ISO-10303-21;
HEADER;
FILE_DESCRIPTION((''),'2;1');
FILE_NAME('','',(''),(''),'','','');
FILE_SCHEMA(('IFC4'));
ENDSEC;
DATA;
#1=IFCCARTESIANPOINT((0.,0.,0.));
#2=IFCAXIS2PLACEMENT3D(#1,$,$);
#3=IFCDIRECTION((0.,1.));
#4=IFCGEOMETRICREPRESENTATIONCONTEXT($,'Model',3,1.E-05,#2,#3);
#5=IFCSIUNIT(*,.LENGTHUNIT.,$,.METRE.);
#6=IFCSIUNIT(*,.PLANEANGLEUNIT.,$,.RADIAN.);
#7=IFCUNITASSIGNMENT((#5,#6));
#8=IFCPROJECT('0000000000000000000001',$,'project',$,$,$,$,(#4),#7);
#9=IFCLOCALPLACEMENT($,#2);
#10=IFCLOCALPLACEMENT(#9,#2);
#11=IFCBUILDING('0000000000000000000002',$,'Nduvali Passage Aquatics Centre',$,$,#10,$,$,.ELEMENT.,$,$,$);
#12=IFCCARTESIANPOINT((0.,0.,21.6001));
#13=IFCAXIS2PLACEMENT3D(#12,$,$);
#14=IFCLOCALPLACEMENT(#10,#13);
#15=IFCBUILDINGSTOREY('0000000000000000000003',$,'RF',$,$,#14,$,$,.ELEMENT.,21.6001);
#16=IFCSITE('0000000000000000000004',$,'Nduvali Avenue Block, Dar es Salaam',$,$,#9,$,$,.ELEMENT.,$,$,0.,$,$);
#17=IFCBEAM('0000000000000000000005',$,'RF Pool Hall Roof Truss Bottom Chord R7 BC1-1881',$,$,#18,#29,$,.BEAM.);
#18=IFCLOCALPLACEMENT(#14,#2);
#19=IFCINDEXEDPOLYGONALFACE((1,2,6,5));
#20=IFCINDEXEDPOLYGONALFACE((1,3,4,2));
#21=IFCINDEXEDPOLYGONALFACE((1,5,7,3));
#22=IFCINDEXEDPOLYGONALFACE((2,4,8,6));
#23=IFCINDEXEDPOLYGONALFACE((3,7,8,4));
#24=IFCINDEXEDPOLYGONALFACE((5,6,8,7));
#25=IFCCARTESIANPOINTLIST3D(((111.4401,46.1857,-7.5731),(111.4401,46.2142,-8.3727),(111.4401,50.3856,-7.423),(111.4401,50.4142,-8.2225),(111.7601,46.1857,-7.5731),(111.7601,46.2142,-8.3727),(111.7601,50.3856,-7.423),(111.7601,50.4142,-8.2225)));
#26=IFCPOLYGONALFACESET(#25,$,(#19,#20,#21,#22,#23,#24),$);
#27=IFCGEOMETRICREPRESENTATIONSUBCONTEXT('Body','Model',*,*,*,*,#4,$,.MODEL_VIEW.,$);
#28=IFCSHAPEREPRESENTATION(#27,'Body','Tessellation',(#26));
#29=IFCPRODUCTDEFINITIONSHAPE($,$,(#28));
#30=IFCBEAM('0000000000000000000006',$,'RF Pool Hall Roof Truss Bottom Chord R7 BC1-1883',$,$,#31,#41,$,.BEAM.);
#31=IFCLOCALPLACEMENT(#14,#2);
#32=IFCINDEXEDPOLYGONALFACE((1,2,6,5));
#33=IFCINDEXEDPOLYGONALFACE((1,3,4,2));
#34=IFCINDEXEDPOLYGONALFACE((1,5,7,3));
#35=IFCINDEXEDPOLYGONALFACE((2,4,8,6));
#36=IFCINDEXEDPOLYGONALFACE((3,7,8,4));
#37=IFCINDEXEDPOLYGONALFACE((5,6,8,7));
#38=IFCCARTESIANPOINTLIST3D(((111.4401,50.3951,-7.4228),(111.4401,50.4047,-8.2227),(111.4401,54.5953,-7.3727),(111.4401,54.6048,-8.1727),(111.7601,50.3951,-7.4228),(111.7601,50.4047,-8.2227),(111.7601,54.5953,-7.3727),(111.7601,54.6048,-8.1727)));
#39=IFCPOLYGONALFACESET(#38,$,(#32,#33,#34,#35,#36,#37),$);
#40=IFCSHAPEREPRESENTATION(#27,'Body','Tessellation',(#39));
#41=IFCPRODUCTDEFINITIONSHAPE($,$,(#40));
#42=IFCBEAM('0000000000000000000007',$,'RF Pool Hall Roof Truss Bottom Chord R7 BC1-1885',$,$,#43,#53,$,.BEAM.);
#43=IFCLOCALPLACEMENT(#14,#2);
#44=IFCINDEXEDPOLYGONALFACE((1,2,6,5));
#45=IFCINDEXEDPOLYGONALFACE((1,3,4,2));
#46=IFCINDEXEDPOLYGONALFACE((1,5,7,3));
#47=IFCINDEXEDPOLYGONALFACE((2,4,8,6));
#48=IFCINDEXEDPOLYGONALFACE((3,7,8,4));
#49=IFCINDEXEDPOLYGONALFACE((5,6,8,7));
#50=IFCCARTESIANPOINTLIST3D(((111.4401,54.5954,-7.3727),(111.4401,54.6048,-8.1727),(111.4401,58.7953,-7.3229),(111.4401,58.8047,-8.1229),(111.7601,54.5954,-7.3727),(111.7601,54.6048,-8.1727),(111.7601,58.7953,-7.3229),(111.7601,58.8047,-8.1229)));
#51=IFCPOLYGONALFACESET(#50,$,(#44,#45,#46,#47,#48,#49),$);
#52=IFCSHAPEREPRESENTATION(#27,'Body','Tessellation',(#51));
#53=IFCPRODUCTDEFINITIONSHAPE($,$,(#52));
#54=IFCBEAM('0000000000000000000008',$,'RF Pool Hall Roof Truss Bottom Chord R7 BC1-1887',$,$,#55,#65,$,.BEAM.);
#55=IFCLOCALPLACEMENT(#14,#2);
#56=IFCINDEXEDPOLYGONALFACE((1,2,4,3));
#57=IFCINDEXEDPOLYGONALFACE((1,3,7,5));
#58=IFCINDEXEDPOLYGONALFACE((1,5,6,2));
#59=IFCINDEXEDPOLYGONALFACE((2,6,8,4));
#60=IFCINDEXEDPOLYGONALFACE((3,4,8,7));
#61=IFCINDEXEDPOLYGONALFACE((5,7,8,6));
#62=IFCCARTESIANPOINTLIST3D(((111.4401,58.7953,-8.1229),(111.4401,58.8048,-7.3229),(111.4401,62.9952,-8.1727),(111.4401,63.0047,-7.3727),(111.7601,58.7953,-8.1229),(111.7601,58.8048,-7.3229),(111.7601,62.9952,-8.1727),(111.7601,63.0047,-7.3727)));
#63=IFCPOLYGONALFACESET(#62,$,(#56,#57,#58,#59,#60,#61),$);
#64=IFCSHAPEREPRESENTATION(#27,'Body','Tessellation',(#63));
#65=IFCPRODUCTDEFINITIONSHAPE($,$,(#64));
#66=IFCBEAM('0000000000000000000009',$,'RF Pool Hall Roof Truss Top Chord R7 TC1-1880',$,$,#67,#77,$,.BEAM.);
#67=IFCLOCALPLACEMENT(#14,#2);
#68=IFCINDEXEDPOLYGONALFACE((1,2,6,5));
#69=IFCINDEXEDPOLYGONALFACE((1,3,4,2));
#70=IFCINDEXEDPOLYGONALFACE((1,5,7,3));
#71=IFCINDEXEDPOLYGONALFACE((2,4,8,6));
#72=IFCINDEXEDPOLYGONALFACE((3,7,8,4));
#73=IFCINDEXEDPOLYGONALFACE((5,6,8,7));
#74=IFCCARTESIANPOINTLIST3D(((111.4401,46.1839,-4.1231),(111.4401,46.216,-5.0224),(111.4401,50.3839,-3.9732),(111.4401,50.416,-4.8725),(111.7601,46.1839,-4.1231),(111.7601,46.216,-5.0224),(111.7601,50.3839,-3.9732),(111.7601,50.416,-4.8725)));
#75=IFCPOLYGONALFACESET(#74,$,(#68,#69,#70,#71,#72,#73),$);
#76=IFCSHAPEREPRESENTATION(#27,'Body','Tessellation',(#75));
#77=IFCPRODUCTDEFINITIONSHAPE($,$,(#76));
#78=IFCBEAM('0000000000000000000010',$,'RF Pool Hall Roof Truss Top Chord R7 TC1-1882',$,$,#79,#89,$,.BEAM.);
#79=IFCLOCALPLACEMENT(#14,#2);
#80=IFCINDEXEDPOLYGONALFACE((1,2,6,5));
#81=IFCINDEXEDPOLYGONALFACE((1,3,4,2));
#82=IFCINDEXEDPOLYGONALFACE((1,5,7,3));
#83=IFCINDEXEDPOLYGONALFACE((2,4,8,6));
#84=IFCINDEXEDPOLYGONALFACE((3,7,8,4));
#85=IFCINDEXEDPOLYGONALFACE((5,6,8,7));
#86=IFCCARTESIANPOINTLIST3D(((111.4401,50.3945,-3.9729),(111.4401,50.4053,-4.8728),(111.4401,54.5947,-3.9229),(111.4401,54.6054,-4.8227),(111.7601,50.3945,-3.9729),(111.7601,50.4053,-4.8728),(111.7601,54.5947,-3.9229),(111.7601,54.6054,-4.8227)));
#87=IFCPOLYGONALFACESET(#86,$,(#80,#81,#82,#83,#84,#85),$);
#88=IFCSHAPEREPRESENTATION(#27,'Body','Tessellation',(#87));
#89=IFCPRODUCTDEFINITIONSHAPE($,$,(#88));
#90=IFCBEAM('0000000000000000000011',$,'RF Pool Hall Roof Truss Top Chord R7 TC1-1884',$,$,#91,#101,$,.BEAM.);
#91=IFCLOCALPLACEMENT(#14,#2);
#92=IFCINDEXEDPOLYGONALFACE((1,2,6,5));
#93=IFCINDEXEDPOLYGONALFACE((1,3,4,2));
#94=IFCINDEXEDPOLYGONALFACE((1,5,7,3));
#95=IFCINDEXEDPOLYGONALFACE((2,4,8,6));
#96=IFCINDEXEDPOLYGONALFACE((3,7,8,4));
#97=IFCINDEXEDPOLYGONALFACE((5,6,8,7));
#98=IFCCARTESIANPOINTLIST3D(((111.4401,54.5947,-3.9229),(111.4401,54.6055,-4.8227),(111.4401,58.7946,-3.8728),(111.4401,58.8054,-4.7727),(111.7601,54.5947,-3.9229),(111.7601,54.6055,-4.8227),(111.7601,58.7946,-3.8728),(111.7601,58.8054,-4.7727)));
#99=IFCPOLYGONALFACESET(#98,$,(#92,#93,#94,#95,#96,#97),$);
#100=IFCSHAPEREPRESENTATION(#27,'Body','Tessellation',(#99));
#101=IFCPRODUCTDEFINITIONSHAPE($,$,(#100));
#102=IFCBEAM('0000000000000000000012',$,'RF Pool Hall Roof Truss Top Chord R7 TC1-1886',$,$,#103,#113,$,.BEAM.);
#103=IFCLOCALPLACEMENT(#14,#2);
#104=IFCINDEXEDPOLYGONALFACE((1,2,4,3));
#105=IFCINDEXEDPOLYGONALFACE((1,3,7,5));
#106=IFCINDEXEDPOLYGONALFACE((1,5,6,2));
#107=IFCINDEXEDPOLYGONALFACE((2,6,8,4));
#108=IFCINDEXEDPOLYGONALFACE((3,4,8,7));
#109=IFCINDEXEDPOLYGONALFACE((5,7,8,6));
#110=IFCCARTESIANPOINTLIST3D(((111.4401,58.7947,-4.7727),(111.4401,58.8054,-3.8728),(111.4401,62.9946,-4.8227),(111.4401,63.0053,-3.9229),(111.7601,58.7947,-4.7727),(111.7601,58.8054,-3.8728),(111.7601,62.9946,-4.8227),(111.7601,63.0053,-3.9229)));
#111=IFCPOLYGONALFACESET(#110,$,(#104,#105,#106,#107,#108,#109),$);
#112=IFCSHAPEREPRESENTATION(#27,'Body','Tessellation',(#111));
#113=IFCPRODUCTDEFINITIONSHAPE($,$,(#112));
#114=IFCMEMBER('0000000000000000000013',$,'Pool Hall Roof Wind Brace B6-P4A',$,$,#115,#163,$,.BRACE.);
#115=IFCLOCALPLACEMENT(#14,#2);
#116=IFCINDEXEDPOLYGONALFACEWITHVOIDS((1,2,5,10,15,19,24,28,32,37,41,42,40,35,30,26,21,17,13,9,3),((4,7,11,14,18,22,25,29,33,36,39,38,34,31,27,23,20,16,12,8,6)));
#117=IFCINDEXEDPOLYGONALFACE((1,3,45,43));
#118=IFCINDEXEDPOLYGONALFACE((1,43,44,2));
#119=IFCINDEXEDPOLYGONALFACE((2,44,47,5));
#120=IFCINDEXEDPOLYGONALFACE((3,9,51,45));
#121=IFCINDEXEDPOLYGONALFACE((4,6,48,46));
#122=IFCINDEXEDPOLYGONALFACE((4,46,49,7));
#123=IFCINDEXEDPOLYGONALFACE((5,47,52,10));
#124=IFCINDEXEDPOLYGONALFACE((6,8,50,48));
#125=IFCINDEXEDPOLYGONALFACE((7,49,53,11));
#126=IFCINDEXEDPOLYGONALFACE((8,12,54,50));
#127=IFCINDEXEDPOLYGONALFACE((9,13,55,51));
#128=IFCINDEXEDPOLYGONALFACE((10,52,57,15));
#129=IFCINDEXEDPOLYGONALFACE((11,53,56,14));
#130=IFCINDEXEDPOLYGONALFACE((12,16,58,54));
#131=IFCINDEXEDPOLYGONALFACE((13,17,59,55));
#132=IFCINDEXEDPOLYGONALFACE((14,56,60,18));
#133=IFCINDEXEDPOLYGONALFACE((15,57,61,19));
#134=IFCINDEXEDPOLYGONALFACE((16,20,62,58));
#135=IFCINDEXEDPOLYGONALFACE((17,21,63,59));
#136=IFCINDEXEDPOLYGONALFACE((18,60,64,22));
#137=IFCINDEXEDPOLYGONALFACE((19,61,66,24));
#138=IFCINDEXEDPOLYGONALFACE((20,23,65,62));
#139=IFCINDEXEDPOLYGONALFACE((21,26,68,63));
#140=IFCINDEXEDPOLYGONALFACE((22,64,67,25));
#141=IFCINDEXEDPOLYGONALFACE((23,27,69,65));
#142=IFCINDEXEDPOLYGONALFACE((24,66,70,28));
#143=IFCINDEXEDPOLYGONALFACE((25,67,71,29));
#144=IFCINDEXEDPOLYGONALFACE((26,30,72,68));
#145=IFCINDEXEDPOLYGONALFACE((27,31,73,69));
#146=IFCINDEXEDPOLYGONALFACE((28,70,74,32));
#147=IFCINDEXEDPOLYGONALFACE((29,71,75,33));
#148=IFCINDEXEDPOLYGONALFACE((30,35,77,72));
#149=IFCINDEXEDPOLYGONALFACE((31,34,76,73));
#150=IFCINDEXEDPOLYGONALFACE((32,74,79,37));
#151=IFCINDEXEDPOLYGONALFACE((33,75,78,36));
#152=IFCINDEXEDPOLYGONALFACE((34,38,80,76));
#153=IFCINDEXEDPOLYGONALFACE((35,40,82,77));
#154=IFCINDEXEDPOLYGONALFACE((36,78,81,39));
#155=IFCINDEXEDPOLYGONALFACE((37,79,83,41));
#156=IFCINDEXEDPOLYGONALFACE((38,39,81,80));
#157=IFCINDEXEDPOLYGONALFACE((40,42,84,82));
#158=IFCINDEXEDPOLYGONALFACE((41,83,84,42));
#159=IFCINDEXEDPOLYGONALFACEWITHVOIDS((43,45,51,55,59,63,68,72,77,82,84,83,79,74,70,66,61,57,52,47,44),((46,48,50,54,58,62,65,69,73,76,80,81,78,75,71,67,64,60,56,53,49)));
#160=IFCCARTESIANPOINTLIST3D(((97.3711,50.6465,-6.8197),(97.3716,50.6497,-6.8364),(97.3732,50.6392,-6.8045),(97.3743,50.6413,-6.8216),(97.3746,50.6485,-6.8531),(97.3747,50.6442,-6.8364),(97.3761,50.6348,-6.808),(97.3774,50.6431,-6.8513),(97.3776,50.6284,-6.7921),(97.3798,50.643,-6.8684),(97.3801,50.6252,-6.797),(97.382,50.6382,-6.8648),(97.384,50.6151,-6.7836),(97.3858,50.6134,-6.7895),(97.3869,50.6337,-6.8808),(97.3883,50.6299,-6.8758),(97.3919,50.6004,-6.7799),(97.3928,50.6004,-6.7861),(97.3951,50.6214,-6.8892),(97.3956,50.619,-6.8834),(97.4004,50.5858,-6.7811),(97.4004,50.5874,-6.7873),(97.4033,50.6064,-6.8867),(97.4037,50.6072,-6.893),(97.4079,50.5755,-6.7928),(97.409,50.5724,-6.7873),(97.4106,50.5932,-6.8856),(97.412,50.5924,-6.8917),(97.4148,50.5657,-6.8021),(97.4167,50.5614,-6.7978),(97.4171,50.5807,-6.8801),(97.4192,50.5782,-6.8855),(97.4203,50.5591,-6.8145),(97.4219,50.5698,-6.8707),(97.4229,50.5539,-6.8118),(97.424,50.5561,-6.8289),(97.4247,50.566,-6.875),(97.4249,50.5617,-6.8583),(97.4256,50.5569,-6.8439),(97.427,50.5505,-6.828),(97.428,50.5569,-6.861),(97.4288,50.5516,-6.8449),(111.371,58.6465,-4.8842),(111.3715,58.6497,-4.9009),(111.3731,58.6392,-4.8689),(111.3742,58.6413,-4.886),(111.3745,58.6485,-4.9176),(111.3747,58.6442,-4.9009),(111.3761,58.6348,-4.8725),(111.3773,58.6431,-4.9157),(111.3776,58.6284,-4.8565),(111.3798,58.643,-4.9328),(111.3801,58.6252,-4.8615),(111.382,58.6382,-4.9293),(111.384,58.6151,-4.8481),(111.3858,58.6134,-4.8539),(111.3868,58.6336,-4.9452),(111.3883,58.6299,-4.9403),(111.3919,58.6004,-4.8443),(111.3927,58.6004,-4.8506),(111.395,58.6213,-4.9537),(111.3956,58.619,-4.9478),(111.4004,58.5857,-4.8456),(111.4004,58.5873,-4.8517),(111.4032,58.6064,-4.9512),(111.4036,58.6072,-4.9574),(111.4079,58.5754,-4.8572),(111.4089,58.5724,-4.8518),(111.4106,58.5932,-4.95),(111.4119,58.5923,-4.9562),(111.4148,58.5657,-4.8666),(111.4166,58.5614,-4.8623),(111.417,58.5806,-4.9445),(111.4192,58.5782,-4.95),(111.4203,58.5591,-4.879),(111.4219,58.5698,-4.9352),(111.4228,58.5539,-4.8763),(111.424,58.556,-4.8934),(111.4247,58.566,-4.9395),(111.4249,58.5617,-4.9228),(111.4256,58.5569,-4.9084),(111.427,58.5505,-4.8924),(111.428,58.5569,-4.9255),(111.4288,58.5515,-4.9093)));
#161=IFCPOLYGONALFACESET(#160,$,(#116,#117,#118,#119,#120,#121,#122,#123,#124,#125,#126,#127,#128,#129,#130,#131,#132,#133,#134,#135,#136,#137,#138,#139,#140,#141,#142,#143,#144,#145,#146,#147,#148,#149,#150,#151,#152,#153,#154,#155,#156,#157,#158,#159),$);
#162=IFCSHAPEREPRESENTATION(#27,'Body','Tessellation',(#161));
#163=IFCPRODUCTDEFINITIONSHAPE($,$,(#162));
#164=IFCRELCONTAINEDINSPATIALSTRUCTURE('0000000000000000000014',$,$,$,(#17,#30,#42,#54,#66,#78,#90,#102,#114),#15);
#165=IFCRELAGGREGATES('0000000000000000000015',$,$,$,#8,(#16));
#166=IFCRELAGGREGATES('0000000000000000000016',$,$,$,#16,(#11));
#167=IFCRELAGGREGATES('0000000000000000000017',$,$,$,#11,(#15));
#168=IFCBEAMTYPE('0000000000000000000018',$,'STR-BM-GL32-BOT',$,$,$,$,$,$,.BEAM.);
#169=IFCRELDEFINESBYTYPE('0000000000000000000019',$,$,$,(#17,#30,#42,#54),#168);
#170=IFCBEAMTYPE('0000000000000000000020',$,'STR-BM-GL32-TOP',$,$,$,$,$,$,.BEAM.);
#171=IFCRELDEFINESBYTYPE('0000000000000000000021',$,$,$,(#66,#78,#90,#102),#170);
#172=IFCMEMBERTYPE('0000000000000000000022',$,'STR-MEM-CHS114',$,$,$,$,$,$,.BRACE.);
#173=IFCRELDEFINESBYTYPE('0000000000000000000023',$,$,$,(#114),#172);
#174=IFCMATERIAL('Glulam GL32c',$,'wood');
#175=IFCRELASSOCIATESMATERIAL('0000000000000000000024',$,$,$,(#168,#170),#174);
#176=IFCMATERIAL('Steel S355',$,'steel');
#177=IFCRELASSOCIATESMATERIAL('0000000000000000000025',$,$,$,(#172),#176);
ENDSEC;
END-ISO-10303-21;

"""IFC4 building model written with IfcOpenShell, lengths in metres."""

from ifc_helpers import new_model, si_unit, direction, frame, origin, origin_2d, place, context, subcontext, project, spatial, rectangle, hollow_circle, extrude, material, material_profile, profile_set, type_object, element, save


model = new_model("IFC4")

# Units and contexts
model_context = context("Model", 3, precision=1e-05, world=origin(), true_north=direction((0.0, 1.0)))
body_context = subcontext(model_context, "Body", "Model", "MODEL_VIEW")
ifc_project = project(units=[si_unit("LENGTHUNIT", "METRE"), si_unit("PLANEANGLEUNIT", "RADIAN")], contexts=[model_context])

# Site, building, storey
site_placement = place(None, origin())
site = spatial("IfcSite", under=ifc_project, at=site_placement, Name="Nduvali Avenue Block, Dar es Salaam", CompositionType="ELEMENT", RefElevation=0.0)
building_placement = place(site_placement, origin())
building = spatial("IfcBuilding", under=site, at=building_placement, Name="Nduvali Passage Aquatics Centre", CompositionType="ELEMENT")
storey_placement = place(building_placement, frame((0.0, 0.0, 21.6001)))
storey = spatial("IfcBuildingStorey", under=building, at=storey_placement, Name="RF", CompositionType="ELEMENT", Elevation=21.6001)

# Beams
ifc_material_1 = material(Name="Glulam GL32c", Category="wood")
ifc_material_profile_1 = material_profile(ifc_material_1, rectangle(XDim=0.3201, YDim=0.8, at=origin_2d()), Name="GL32c 320x800")
ifc_profile_set_1 = profile_set([ifc_material_profile_1], Name="Glulam GL32c")
beam_type_1 = type_object("IfcBeamType", Name="STR-BM-GL32-BOT", PredefinedType="BEAM", material=ifc_profile_set_1)
beam_1_placement = place(storey_placement, frame((111.6001, 46.2, -7.9729), z_axis=(0.0, 0.999362, 0.035727), x_axis=(-1.0, 0.0, 0.0)))
element("IfcBeam", 1, at=beam_1_placement, inside=storey, type_object=beam_type_1, Name="RF Pool Hall Roof Truss Bottom Chord R7 BC1-1881", PredefinedType="BEAM", context=body_context, shape_type="SweptSolid", body=[
    extrude(rectangle(XDim=0.3201, YDim=0.8, at=origin_2d()), origin(), (0.0, 0.0, 1.0), 4.2026),
])
beam_2_placement = place(storey_placement, frame((111.6001, 50.3999, -7.8228), z_axis=(0.0, 0.999929, 0.011915), x_axis=(-1.0, 0.0, 0.0)))
element("IfcBeam", 2, at=beam_2_placement, inside=storey, type_object=beam_type_1, Name="RF Pool Hall Roof Truss Bottom Chord R7 BC1-1883", PredefinedType="BEAM", context=body_context, shape_type="SweptSolid", body=[
    extrude(rectangle(XDim=0.3201, YDim=0.8, at=origin_2d()), origin(), (0.0, 0.0, 1.0), 4.2004),
])
for number, where, z_axis, x_axis, name in (
    (3, (111.6001, 54.6001, -7.7727), (0.0, 0.99993, 0.011858), (-1.0, 0.0, 0.0), "RF Pool Hall Roof Truss Bottom Chord R7 BC1-1885"),
    (4, (111.6001, 58.8, -7.7229), (0.0, 0.99993, -0.011858), (-1.0, 0.0, 0.0), "RF Pool Hall Roof Truss Bottom Chord R7 BC1-1887"),
):
    element("IfcBeam", number, at=place(storey_placement, frame(where, z_axis=z_axis, x_axis=x_axis)), inside=storey, type_object=beam_type_1, Name=name, PredefinedType="BEAM", context=body_context, shape_type="SweptSolid", body=[
        extrude(rectangle(XDim=0.3201, YDim=0.8, at=origin_2d()), origin(), (0.0, 0.0, 1.0), 4.2002),
    ])
ifc_material_profile_2 = material_profile(ifc_material_1, rectangle(XDim=0.3201, YDim=0.8999, at=origin_2d()), Name="GL32c 320x900")
ifc_profile_set_2 = profile_set([ifc_material_profile_2], Name="Glulam GL32c")
beam_type_2 = type_object("IfcBeamType", Name="STR-BM-GL32-TOP", PredefinedType="BEAM", material=ifc_profile_set_2)
beam_3_placement = place(storey_placement, frame((111.6001, 46.2, -4.5728), z_axis=(0.0, 0.999364, 0.035669), x_axis=(-1.0, 0.0, 0.0)))
element("IfcBeam", 5, at=beam_3_placement, inside=storey, type_object=beam_type_2, Name="RF Pool Hall Roof Truss Top Chord R7 TC1-1880", PredefinedType="BEAM", context=body_context, shape_type="SweptSolid", body=[
    extrude(rectangle(XDim=0.3201, YDim=0.8999, at=origin_2d()), origin(), (0.0, 0.0, 1.0), 4.2026),
])
beam_4_placement = place(storey_placement, frame((111.6001, 50.3999, -4.4229), z_axis=(0.0, 0.999929, 0.011915), x_axis=(-1.0, 0.0, 0.0)))
element("IfcBeam", 6, at=beam_4_placement, inside=storey, type_object=beam_type_2, Name="RF Pool Hall Roof Truss Top Chord R7 TC1-1882", PredefinedType="BEAM", context=body_context, shape_type="SweptSolid", body=[
    extrude(rectangle(XDim=0.3201, YDim=0.8999, at=origin_2d()), origin(), (0.0, 0.0, 1.0), 4.2004),
])
for number, where, z_axis, x_axis, name in (
    (7, (111.6001, 54.6001, -4.3728), (0.0, 0.999929, 0.011916), (-1.0, 0.0, 0.0), "RF Pool Hall Roof Truss Top Chord R7 TC1-1884"),
    (8, (111.6001, 58.8, -4.3228), (0.0, 0.999929, -0.011916), (-1.0, 0.0, 0.0), "RF Pool Hall Roof Truss Top Chord R7 TC1-1886"),
):
    element("IfcBeam", number, at=place(storey_placement, frame(where, z_axis=z_axis, x_axis=x_axis)), inside=storey, type_object=beam_type_2, Name=name, PredefinedType="BEAM", context=body_context, shape_type="SweptSolid", body=[
        extrude(rectangle(XDim=0.3201, YDim=0.8999, at=origin_2d()), origin(), (0.0, 0.0, 1.0), 4.2002),
    ])

# Member
ifc_material_2 = material(Name="Steel S355", Category="steel")
ifc_material_profile_3 = material_profile(ifc_material_2, hollow_circle(Radius=0.0571, WallThickness=0.0063, at=origin_2d()), Name="CHS 114.3x6.3")
ifc_profile_set_3 = profile_set([ifc_material_profile_3], Name="Steel S355")
member_type_1 = type_object("IfcMemberType", Name="STR-MEM-CHS114", PredefinedType="BRACE", material=ifc_profile_set_3)
member_1_placement = place(storey_placement, frame((97.3999, 50.6001, -6.8364), z_axis=(0.862055, 0.492603, 0.119182), x_axis=(-0.496139, 0.868243, 0.0)))
element("IfcMember", 9, at=member_1_placement, inside=storey, type_object=member_type_1, Name="Pool Hall Roof Wind Brace B6-P4A", PredefinedType="BRACE", context=body_context, shape_type="SweptSolid", body=[
    extrude(hollow_circle(Radius=0.0571, WallThickness=0.0063, at=origin_2d()), origin(), (0.0, 0.0, 1.0), 16.2402),
])

save(model, "model.ifc")
